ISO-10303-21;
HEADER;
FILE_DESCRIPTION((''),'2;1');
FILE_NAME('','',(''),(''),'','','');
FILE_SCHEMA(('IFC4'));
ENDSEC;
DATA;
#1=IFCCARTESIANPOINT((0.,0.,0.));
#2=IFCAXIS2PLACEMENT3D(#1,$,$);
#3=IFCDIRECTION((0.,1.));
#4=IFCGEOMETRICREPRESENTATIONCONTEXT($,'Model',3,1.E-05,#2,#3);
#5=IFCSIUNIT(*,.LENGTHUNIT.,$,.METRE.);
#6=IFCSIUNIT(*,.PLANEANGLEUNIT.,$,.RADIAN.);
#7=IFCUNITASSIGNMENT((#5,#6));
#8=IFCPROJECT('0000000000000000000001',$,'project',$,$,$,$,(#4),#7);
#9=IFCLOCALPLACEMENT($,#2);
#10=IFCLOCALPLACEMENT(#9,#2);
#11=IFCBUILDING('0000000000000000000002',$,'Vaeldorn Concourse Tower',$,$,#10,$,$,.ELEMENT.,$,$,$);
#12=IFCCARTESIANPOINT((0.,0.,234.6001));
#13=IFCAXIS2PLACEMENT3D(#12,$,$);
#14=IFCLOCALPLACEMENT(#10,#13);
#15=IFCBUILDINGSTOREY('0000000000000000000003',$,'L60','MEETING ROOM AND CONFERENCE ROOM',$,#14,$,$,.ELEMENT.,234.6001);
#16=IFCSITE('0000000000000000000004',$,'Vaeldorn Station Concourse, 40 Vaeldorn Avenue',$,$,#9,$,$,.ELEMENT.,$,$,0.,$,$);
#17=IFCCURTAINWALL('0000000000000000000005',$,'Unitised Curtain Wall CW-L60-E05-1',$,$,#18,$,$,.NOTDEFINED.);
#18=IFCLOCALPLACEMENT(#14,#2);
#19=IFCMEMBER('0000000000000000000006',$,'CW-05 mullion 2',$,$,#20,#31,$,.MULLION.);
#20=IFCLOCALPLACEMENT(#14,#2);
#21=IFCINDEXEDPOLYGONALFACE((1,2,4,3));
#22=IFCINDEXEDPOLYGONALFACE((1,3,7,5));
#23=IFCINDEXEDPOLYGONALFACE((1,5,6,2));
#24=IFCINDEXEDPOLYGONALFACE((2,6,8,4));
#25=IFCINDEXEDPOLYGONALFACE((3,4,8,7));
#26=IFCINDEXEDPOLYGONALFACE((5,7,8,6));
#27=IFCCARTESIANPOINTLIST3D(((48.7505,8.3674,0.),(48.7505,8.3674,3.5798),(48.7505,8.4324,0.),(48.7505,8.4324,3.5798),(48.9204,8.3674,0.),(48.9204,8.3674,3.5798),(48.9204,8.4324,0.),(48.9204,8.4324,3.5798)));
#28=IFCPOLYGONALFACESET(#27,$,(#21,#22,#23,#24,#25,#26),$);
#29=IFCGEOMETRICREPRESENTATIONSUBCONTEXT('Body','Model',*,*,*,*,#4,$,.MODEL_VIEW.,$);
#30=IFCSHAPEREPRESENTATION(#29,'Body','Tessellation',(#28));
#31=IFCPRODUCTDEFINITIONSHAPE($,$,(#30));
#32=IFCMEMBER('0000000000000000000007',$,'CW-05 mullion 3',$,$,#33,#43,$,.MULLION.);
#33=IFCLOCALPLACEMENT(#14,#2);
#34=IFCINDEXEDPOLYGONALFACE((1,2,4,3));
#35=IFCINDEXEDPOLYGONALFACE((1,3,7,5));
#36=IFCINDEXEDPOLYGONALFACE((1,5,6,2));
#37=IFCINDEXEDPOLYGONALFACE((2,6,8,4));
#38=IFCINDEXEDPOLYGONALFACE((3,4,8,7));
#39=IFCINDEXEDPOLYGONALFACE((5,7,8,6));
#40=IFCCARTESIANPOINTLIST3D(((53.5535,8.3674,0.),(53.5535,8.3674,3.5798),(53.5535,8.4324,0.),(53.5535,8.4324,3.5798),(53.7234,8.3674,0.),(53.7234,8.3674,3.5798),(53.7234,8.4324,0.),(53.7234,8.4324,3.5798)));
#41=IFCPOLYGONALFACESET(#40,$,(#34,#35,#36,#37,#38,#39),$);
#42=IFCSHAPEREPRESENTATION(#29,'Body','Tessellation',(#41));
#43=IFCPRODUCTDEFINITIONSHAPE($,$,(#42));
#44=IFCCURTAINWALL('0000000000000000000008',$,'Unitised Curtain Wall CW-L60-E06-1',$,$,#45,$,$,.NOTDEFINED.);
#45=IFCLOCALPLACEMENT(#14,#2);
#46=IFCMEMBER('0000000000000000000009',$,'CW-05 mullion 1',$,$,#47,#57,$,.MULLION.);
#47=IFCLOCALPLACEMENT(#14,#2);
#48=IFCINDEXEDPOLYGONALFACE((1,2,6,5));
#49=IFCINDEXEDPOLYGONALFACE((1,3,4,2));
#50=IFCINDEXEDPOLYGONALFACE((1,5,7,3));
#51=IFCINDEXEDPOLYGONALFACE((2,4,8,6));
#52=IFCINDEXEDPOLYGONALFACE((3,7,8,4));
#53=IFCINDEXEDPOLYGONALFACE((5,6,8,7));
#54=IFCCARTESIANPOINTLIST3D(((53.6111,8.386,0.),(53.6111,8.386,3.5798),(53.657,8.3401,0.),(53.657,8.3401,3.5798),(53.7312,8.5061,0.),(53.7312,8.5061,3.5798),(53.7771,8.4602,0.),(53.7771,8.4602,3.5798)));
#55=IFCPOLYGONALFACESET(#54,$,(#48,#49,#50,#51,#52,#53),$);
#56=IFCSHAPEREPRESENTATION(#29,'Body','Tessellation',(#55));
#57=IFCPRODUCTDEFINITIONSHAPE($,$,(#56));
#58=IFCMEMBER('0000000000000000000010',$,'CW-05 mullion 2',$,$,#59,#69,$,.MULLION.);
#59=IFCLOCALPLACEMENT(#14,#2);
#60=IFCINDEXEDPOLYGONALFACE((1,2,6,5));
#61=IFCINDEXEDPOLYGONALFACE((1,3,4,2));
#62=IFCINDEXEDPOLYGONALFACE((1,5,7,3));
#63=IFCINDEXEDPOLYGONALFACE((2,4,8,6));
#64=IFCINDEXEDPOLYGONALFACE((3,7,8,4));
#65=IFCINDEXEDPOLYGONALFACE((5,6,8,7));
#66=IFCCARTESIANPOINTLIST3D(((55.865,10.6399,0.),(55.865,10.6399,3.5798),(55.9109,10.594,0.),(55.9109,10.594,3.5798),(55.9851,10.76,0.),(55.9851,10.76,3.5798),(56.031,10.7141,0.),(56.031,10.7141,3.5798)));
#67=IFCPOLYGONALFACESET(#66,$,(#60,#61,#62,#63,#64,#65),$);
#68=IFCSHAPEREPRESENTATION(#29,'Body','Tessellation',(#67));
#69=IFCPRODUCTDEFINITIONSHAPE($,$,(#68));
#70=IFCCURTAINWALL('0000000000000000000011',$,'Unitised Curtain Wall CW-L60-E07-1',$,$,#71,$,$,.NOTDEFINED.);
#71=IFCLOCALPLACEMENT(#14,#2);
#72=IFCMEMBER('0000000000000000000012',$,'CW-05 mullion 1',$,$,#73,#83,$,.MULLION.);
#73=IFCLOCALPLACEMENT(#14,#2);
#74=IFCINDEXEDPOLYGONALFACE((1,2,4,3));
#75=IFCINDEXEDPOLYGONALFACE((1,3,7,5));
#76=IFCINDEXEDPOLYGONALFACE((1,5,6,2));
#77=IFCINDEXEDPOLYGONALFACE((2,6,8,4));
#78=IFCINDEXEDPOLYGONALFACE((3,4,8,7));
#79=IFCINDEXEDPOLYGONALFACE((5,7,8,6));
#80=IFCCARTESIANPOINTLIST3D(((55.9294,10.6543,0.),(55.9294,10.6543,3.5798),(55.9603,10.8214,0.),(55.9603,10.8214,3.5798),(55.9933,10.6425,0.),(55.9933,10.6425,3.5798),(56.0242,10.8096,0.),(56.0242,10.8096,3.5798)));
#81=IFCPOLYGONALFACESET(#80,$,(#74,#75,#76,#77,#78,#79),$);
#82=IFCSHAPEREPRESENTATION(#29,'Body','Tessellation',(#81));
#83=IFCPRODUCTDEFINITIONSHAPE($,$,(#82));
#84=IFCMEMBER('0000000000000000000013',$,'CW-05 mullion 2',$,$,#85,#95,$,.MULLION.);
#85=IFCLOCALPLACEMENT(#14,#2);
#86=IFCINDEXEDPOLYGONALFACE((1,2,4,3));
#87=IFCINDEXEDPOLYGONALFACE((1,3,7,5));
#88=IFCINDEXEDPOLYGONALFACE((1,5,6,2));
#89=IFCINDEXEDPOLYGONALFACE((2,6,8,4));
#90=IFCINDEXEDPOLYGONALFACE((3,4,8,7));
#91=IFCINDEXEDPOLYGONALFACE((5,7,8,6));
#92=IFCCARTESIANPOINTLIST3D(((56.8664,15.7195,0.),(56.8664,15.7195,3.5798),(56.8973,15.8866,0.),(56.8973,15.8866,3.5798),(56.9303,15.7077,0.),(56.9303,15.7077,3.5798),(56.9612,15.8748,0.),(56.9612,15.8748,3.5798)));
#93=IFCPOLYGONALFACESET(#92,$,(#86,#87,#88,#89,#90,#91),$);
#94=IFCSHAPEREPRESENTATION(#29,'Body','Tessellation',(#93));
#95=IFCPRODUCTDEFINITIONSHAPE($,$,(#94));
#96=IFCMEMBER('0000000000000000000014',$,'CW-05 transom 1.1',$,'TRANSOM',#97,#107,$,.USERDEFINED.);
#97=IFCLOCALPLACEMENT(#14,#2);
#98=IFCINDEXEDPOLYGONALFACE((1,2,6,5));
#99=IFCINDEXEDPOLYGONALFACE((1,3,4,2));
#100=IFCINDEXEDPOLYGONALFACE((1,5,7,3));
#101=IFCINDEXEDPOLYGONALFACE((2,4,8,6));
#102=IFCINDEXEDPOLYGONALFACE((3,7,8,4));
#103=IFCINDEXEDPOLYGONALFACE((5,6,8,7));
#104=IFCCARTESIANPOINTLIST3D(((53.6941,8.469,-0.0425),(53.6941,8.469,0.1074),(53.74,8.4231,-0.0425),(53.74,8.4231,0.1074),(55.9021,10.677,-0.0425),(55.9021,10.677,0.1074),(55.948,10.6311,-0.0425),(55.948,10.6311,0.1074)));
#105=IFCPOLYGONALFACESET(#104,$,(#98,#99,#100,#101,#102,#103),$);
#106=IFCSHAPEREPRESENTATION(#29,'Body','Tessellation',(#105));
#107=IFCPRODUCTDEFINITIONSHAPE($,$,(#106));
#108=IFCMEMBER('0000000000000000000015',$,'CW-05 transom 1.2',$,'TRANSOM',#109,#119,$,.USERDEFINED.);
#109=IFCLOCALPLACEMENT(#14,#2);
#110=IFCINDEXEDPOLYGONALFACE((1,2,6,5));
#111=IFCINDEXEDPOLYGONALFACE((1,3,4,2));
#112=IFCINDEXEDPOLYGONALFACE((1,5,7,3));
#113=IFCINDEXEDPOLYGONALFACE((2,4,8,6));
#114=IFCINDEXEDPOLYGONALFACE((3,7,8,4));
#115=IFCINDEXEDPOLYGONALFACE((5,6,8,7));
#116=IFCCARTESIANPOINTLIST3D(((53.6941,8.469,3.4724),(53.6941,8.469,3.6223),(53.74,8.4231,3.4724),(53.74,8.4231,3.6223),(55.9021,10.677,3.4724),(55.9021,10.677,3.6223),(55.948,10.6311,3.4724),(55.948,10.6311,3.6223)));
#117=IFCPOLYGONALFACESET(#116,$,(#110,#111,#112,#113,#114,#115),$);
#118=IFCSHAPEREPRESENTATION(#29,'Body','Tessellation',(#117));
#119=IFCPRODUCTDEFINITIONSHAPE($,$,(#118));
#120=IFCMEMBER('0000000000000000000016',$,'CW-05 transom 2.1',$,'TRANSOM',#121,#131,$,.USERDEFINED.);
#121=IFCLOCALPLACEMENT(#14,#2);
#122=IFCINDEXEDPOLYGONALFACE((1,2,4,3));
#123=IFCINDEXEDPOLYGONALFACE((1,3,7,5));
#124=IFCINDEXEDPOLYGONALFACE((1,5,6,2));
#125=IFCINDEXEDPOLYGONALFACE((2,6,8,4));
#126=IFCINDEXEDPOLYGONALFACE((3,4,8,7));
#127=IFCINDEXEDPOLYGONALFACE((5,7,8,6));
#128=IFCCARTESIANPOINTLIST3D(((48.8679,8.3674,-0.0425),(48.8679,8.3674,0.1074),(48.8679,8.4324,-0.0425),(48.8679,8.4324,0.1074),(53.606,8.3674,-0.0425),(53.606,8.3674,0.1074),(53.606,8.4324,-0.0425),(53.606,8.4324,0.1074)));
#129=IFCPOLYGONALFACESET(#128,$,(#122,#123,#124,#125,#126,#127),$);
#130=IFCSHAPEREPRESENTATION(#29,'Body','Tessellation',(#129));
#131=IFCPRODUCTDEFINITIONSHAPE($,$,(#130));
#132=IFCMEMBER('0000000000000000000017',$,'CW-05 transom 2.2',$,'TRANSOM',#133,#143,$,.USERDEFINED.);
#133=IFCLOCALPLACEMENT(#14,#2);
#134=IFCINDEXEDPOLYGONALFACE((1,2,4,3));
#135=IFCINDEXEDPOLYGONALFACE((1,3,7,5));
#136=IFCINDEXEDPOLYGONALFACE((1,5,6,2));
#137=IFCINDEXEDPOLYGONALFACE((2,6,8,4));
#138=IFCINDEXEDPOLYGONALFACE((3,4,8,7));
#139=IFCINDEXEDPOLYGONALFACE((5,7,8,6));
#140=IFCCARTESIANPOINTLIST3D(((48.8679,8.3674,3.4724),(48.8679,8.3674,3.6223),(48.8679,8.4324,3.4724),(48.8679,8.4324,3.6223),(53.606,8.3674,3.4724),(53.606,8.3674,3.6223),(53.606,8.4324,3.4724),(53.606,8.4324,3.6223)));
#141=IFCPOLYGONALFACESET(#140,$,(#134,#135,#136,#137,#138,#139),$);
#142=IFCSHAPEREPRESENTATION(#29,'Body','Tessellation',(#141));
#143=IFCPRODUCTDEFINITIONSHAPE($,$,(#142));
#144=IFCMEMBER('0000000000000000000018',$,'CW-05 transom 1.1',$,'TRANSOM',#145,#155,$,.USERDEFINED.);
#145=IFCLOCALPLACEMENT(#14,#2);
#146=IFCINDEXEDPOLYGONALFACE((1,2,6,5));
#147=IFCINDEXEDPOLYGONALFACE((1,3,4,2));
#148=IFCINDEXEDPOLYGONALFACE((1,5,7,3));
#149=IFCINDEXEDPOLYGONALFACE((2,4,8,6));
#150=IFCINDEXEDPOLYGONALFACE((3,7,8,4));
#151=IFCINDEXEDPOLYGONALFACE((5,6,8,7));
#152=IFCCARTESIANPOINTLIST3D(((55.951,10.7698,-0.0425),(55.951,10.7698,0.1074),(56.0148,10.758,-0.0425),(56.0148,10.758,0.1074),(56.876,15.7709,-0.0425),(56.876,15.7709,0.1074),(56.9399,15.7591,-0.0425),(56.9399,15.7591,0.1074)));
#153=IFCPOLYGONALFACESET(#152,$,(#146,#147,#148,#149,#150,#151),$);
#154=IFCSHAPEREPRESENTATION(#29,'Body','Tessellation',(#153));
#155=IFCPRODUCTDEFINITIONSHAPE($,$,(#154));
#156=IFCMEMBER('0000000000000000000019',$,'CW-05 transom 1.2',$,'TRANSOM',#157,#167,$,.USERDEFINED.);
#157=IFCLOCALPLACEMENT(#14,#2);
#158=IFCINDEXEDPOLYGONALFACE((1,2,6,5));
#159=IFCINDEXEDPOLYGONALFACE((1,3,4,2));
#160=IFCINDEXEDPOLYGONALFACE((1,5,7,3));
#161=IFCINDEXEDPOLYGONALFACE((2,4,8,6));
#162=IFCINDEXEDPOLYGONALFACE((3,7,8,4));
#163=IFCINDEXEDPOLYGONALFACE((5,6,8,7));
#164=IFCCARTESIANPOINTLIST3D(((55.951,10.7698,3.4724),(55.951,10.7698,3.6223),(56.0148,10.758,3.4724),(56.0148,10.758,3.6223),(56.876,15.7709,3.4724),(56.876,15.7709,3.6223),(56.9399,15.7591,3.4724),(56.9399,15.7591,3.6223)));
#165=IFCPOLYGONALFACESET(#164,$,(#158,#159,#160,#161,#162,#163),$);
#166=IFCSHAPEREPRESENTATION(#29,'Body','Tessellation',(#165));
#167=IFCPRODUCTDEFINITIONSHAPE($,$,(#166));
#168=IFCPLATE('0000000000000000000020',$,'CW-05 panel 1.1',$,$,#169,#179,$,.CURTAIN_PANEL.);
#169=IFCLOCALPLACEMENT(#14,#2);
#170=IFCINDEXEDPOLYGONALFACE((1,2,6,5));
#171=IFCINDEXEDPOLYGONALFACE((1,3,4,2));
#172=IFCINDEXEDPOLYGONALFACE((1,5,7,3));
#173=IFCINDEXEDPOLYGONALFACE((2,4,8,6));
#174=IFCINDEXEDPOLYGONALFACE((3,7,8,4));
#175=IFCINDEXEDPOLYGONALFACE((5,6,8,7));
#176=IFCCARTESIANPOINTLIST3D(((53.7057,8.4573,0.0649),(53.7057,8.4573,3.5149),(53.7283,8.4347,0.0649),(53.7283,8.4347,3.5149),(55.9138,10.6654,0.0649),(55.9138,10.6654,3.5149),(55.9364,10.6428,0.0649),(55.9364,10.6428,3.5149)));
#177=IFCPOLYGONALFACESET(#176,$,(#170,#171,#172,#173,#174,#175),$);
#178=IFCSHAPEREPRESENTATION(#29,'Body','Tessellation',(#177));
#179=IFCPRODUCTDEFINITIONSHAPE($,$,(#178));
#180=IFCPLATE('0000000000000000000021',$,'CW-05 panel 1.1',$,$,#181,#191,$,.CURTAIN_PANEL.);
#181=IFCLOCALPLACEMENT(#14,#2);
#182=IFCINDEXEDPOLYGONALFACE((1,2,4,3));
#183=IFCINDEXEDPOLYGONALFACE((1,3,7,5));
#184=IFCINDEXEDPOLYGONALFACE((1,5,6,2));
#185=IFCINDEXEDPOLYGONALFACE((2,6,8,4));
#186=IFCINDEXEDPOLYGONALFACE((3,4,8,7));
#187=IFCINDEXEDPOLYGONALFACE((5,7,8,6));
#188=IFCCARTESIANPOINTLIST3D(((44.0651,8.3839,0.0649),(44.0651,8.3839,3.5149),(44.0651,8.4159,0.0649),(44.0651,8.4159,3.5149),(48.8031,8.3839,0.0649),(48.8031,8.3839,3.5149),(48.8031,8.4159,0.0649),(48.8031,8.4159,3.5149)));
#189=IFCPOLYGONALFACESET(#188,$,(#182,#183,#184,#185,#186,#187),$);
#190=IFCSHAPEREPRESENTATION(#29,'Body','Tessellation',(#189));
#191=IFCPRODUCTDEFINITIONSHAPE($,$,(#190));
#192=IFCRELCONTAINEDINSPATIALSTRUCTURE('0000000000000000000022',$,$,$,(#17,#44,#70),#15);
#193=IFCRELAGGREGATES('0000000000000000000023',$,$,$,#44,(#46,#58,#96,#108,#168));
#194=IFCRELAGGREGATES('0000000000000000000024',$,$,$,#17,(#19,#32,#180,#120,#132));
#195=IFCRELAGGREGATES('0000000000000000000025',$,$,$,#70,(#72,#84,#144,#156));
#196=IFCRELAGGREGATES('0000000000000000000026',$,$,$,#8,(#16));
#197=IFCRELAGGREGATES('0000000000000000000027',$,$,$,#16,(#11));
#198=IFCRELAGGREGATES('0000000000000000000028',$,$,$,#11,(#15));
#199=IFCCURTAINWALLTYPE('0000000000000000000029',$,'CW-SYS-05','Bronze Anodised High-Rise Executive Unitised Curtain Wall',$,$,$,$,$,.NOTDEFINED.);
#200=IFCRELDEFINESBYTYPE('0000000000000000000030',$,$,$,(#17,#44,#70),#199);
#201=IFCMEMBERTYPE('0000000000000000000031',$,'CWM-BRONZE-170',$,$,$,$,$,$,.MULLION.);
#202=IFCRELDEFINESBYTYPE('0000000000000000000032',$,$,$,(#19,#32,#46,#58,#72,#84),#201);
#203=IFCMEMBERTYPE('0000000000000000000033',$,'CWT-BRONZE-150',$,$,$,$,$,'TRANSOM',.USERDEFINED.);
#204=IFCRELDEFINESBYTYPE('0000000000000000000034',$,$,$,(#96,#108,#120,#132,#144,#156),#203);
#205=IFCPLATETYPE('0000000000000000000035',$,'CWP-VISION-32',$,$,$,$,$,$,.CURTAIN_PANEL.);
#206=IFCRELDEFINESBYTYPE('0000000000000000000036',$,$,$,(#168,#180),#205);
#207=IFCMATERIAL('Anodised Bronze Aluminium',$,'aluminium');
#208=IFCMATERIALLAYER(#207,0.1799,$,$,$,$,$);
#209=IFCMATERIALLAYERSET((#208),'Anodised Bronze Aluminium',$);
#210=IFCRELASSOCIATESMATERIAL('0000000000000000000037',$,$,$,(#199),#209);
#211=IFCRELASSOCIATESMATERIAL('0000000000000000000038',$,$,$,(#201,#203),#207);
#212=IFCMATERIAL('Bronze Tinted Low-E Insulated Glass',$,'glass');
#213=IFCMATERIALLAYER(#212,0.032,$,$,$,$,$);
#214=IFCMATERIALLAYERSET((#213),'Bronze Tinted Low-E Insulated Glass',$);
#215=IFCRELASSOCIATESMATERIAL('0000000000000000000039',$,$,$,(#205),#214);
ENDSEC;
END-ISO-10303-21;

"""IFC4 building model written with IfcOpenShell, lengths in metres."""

from ifc_helpers import new_model, si_unit, direction, frame, origin, origin_2d, place, context, subcontext, project, spatial, rectangle, extrude, source, transform, mapped, material, layer, layer_set, material_profile, profile_set, type_object, element, aggregate, save


model = new_model("IFC4")

# Units and contexts
model_context = context("Model", 3, precision=1e-05, world=origin(), true_north=direction((0.0, 1.0)))
body_context = subcontext(model_context, "Body", "Model", "MODEL_VIEW")
ifc_project = project(units=[si_unit("LENGTHUNIT", "METRE"), si_unit("PLANEANGLEUNIT", "RADIAN")], contexts=[model_context])

# Site, building, storey
site_placement = place(None, origin())
site = spatial("IfcSite", under=ifc_project, at=site_placement, Name="Vaeldorn Station Concourse, 40 Vaeldorn Avenue", CompositionType="ELEMENT", RefElevation=0.0)
building_placement = place(site_placement, origin())
building = spatial("IfcBuilding", under=site, at=building_placement, Name="Vaeldorn Concourse Tower", CompositionType="ELEMENT")
storey_placement = place(building_placement, frame((0.0, 0.0, 234.6001)))
storey = spatial("IfcBuildingStorey", under=building, at=storey_placement, Name="L60", Description="MEETING ROOM AND CONFERENCE ROOM", CompositionType="ELEMENT", Elevation=234.6001)

# Curtain walls, members
ifc_material_1 = material(Name="Anodised Bronze Aluminium", Category="aluminium")
ifc_layer_1 = layer(ifc_material_1, 0.1799)
ifc_layer_set_1 = layer_set([ifc_layer_1], Name="Anodised Bronze Aluminium")
curtain_wall_type = type_object("IfcCurtainWallType", Name="CW-SYS-05", Description="Bronze Anodised High-Rise Executive Unitised Curtain Wall", PredefinedType="NOTDEFINED", material=ifc_layer_set_1)
curtain_wall_1_placement = place(storey_placement, origin())
curtain_wall_1 = element("IfcCurtainWall", 1, at=curtain_wall_1_placement, inside=storey, type_object=curtain_wall_type, Name="Unitised Curtain Wall CW-L60-E05-1", PredefinedType="NOTDEFINED")
ifc_material_profile_1 = material_profile(ifc_material_1, rectangle(XDim=0.0649, YDim=0.1699, at=origin_2d()), Name="CWM 65x170")
ifc_profile_set_1 = profile_set([ifc_material_profile_1], Name="Anodised Bronze Aluminium")
member_type_1 = type_object("IfcMemberType", Name="CWM-BRONZE-170", PredefinedType="MULLION", material=ifc_profile_set_1)
shared_shape_1 = source(origin(), body_context, "Body", "SweptSolid", [
    extrude(rectangle(XDim=0.0649, YDim=0.1699, at=origin_2d()), origin(), (0.0, 0.0, 1.0), 3.5798),
])
member_1_placement = place(storey_placement, frame((48.8354, 8.3999, 0.0), z_axis=(0.0, 0.0, 1.0), x_axis=(0.0, 1.0, 0.0)))
member_1 = element("IfcMember", 2, at=member_1_placement, type_object=member_type_1, Name="CW-05 mullion 2", PredefinedType="MULLION", context=body_context, shape_type="MappedRepresentation", body=[
    mapped(shared_shape_1, transform((0.0, 0.0, 0.0), scale=1.0)),
])
member_2_placement = place(storey_placement, frame((53.6384, 8.3999, 0.0), z_axis=(0.0, 0.0, 1.0), x_axis=(0.0, 1.0, 0.0)))
member_2 = element("IfcMember", 3, at=member_2_placement, type_object=member_type_1, Name="CW-05 mullion 3", PredefinedType="MULLION", context=body_context, shape_type="MappedRepresentation", body=[
    mapped(shared_shape_1, transform((0.0, 0.0, 0.0), scale=1.0)),
])
curtain_wall_2_placement = place(storey_placement, origin())
curtain_wall_2 = element("IfcCurtainWall", 4, at=curtain_wall_2_placement, inside=storey, type_object=curtain_wall_type, Name="Unitised Curtain Wall CW-L60-E06-1", PredefinedType="NOTDEFINED")
member_3_placement = place(storey_placement, frame((53.6941, 8.4231, 0.0), z_axis=(0.0, 0.0, 1.0), x_axis=(-0.707107, 0.707107, 0.0)))
member_3 = element("IfcMember", 5, at=member_3_placement, type_object=member_type_1, Name="CW-05 mullion 1", PredefinedType="MULLION", context=body_context, shape_type="MappedRepresentation", body=[
    mapped(shared_shape_1, transform((0.0, 0.0, 0.0), scale=1.0)),
])
member_4_placement = place(storey_placement, frame((55.948, 10.677, 0.0), z_axis=(0.0, 0.0, 1.0), x_axis=(-0.707107, 0.707107, 0.0)))
member_4 = element("IfcMember", 6, at=member_4_placement, type_object=member_type_1, Name="CW-05 mullion 2", PredefinedType="MULLION", context=body_context, shape_type="MappedRepresentation", body=[
    mapped(shared_shape_1, transform((0.0, 0.0, 0.0), scale=1.0)),
])
curtain_wall_3_placement = place(storey_placement, origin())
curtain_wall_3 = element("IfcCurtainWall", 7, at=curtain_wall_3_placement, inside=storey, type_object=curtain_wall_type, Name="Unitised Curtain Wall CW-L60-E07-1", PredefinedType="NOTDEFINED")
member_5_placement = place(storey_placement, frame((55.9768, 10.7319, 0.0), z_axis=(0.0, 0.0, 1.0), x_axis=(-0.983319, 0.18189, 0.0)))
member_5 = element("IfcMember", 8, at=member_5_placement, type_object=member_type_1, Name="CW-05 mullion 1", PredefinedType="MULLION", context=body_context, shape_type="MappedRepresentation", body=[
    mapped(shared_shape_1, transform((0.0, 0.0, 0.0), scale=1.0)),
])
member_6_placement = place(storey_placement, frame((56.9138, 15.7971, 0.0), z_axis=(0.0, 0.0, 1.0), x_axis=(-0.983319, 0.18189, 0.0)))
member_6 = element("IfcMember", 9, at=member_6_placement, type_object=member_type_1, Name="CW-05 mullion 2", PredefinedType="MULLION", context=body_context, shape_type="MappedRepresentation", body=[
    mapped(shared_shape_1, transform((0.0, 0.0, 0.0), scale=1.0)),
])

# Members
ifc_material_profile_2 = material_profile(ifc_material_1, rectangle(XDim=0.0649, YDim=0.1499, at=origin_2d()), Name="CWT 65x150")
ifc_profile_set_2 = profile_set([ifc_material_profile_2], Name="Anodised Bronze Aluminium")
member_type_2 = type_object("IfcMemberType", Name="CWT-BRONZE-150", ElementType="TRANSOM", PredefinedType="USERDEFINED", material=ifc_profile_set_2)
shared_shape_2 = source(origin(), body_context, "Body", "SweptSolid", [
    extrude(rectangle(XDim=0.0649, YDim=0.1499, at=origin_2d()), origin(), (0.0, 0.0, 1.0), 3.1226),
])
member_7_placement = place(storey_placement, frame((53.717, 8.446, 0.0325), z_axis=(0.707107, 0.707107, 0.0), x_axis=(-0.707107, 0.707107, 0.0)))
member_7 = element("IfcMember", 10, at=member_7_placement, type_object=member_type_2, Name="CW-05 transom 1.1", ObjectType="TRANSOM", PredefinedType="USERDEFINED", context=body_context, shape_type="MappedRepresentation", body=[
    mapped(shared_shape_2, transform((0.0, 0.0, 0.0), scale=1.0)),
])
member_8_placement = place(storey_placement, frame((53.717, 8.446, 3.5474), z_axis=(0.707107, 0.707107, 0.0), x_axis=(-0.707107, 0.707107, 0.0)))
member_8 = element("IfcMember", 11, at=member_8_placement, type_object=member_type_2, Name="CW-05 transom 1.2", ObjectType="TRANSOM", PredefinedType="USERDEFINED", context=body_context, shape_type="MappedRepresentation", body=[
    mapped(shared_shape_2, transform((0.0, 0.0, 0.0), scale=1.0)),
])
shared_shape_3 = source(origin(), body_context, "Body", "SweptSolid", [
    extrude(rectangle(XDim=0.0649, YDim=0.1499, at=origin_2d()), origin(), (0.0, 0.0, 1.0), 4.738),
])
member_9_placement = place(storey_placement, frame((48.8679, 8.3999, 0.0325), z_axis=(1.0, 0.0, 0.0), x_axis=(0.0, 1.0, 0.0)))
member_9 = element("IfcMember", 12, at=member_9_placement, type_object=member_type_2, Name="CW-05 transom 2.1", ObjectType="TRANSOM", PredefinedType="USERDEFINED", context=body_context, shape_type="MappedRepresentation", body=[
    mapped(shared_shape_3, transform((0.0, 0.0, 0.0), scale=1.0)),
])
member_10_placement = place(storey_placement, frame((48.8679, 8.3999, 3.5474), z_axis=(1.0, 0.0, 0.0), x_axis=(0.0, 1.0, 0.0)))
member_10 = element("IfcMember", 13, at=member_10_placement, type_object=member_type_2, Name="CW-05 transom 2.2", ObjectType="TRANSOM", PredefinedType="USERDEFINED", context=body_context, shape_type="MappedRepresentation", body=[
    mapped(shared_shape_3, transform((0.0, 0.0, 0.0), scale=1.0)),
])
shared_shape_4 = source(origin(), body_context, "Body", "SweptSolid", [
    extrude(rectangle(XDim=0.0649, YDim=0.1499, at=origin_2d()), origin(), (0.0, 0.0, 1.0), 5.0859),
])
member_11_placement = place(storey_placement, frame((55.9829, 10.7639, 0.0325), z_axis=(0.18188, 0.983321, 0.0), x_axis=(-0.983321, 0.18188, 0.0)))
member_11 = element("IfcMember", 14, at=member_11_placement, type_object=member_type_2, Name="CW-05 transom 1.1", ObjectType="TRANSOM", PredefinedType="USERDEFINED", context=body_context, shape_type="MappedRepresentation", body=[
    mapped(shared_shape_4, transform((0.0, 0.0, 0.0), scale=1.0)),
])
member_12_placement = place(storey_placement, frame((55.9829, 10.7639, 3.5474), z_axis=(0.18188, 0.983321, 0.0), x_axis=(-0.983321, 0.18188, 0.0)))
member_12 = element("IfcMember", 15, at=member_12_placement, type_object=member_type_2, Name="CW-05 transom 1.2", ObjectType="TRANSOM", PredefinedType="USERDEFINED", context=body_context, shape_type="MappedRepresentation", body=[
    mapped(shared_shape_4, transform((0.0, 0.0, 0.0), scale=1.0)),
])

# Plates
ifc_material_2 = material(Name="Bronze Tinted Low-E Insulated Glass", Category="glass")
ifc_layer_2 = layer(ifc_material_2, 0.032)
ifc_layer_set_2 = layer_set([ifc_layer_2], Name="Bronze Tinted Low-E Insulated Glass")
plate_type = type_object("IfcPlateType", Name="CWP-VISION-32", PredefinedType="CURTAIN_PANEL", material=ifc_layer_set_2)
shared_shape_5 = source(origin(), body_context, "Body", "SweptSolid", [
    extrude(rectangle(XDim=3.1228, YDim=0.032, at=origin_2d()), origin(), (0.0, 0.0, 1.0), 3.45),
])
plate_1_placement = place(storey_placement, frame((54.821, 9.55, 0.0649), z_axis=(0.0, 0.0, 1.0), x_axis=(0.707107, 0.707107, 0.0)))
plate_1 = element("IfcPlate", 16, at=plate_1_placement, type_object=plate_type, Name="CW-05 panel 1.1", PredefinedType="CURTAIN_PANEL", context=body_context, shape_type="MappedRepresentation", body=[
    mapped(shared_shape_5, transform((0.0, 0.0, 0.0), scale=1.0)),
])
aggregate(curtain_wall_2, [member_3, member_4, member_7, member_8, plate_1])
shared_shape_6 = source(origin(), body_context, "Body", "SweptSolid", [
    extrude(rectangle(XDim=4.738, YDim=0.032, at=origin_2d()), origin(), (0.0, 0.0, 1.0), 3.45),
])
plate_2_placement = place(storey_placement, frame((46.4341, 8.3999, 0.0649), z_axis=(0.0, 0.0, 1.0), x_axis=(1.0, 0.0, 0.0)))
plate_2 = element("IfcPlate", 17, at=plate_2_placement, type_object=plate_type, Name="CW-05 panel 1.1", PredefinedType="CURTAIN_PANEL", context=body_context, shape_type="MappedRepresentation", body=[
    mapped(shared_shape_6, transform((0.0, 0.0, 0.0), scale=1.0)),
])
aggregate(curtain_wall_1, [member_1, member_2, plate_2, member_9, member_10])
aggregate(curtain_wall_3, [member_5, member_6, member_11, member_12])

save(model, "model.ifc")
